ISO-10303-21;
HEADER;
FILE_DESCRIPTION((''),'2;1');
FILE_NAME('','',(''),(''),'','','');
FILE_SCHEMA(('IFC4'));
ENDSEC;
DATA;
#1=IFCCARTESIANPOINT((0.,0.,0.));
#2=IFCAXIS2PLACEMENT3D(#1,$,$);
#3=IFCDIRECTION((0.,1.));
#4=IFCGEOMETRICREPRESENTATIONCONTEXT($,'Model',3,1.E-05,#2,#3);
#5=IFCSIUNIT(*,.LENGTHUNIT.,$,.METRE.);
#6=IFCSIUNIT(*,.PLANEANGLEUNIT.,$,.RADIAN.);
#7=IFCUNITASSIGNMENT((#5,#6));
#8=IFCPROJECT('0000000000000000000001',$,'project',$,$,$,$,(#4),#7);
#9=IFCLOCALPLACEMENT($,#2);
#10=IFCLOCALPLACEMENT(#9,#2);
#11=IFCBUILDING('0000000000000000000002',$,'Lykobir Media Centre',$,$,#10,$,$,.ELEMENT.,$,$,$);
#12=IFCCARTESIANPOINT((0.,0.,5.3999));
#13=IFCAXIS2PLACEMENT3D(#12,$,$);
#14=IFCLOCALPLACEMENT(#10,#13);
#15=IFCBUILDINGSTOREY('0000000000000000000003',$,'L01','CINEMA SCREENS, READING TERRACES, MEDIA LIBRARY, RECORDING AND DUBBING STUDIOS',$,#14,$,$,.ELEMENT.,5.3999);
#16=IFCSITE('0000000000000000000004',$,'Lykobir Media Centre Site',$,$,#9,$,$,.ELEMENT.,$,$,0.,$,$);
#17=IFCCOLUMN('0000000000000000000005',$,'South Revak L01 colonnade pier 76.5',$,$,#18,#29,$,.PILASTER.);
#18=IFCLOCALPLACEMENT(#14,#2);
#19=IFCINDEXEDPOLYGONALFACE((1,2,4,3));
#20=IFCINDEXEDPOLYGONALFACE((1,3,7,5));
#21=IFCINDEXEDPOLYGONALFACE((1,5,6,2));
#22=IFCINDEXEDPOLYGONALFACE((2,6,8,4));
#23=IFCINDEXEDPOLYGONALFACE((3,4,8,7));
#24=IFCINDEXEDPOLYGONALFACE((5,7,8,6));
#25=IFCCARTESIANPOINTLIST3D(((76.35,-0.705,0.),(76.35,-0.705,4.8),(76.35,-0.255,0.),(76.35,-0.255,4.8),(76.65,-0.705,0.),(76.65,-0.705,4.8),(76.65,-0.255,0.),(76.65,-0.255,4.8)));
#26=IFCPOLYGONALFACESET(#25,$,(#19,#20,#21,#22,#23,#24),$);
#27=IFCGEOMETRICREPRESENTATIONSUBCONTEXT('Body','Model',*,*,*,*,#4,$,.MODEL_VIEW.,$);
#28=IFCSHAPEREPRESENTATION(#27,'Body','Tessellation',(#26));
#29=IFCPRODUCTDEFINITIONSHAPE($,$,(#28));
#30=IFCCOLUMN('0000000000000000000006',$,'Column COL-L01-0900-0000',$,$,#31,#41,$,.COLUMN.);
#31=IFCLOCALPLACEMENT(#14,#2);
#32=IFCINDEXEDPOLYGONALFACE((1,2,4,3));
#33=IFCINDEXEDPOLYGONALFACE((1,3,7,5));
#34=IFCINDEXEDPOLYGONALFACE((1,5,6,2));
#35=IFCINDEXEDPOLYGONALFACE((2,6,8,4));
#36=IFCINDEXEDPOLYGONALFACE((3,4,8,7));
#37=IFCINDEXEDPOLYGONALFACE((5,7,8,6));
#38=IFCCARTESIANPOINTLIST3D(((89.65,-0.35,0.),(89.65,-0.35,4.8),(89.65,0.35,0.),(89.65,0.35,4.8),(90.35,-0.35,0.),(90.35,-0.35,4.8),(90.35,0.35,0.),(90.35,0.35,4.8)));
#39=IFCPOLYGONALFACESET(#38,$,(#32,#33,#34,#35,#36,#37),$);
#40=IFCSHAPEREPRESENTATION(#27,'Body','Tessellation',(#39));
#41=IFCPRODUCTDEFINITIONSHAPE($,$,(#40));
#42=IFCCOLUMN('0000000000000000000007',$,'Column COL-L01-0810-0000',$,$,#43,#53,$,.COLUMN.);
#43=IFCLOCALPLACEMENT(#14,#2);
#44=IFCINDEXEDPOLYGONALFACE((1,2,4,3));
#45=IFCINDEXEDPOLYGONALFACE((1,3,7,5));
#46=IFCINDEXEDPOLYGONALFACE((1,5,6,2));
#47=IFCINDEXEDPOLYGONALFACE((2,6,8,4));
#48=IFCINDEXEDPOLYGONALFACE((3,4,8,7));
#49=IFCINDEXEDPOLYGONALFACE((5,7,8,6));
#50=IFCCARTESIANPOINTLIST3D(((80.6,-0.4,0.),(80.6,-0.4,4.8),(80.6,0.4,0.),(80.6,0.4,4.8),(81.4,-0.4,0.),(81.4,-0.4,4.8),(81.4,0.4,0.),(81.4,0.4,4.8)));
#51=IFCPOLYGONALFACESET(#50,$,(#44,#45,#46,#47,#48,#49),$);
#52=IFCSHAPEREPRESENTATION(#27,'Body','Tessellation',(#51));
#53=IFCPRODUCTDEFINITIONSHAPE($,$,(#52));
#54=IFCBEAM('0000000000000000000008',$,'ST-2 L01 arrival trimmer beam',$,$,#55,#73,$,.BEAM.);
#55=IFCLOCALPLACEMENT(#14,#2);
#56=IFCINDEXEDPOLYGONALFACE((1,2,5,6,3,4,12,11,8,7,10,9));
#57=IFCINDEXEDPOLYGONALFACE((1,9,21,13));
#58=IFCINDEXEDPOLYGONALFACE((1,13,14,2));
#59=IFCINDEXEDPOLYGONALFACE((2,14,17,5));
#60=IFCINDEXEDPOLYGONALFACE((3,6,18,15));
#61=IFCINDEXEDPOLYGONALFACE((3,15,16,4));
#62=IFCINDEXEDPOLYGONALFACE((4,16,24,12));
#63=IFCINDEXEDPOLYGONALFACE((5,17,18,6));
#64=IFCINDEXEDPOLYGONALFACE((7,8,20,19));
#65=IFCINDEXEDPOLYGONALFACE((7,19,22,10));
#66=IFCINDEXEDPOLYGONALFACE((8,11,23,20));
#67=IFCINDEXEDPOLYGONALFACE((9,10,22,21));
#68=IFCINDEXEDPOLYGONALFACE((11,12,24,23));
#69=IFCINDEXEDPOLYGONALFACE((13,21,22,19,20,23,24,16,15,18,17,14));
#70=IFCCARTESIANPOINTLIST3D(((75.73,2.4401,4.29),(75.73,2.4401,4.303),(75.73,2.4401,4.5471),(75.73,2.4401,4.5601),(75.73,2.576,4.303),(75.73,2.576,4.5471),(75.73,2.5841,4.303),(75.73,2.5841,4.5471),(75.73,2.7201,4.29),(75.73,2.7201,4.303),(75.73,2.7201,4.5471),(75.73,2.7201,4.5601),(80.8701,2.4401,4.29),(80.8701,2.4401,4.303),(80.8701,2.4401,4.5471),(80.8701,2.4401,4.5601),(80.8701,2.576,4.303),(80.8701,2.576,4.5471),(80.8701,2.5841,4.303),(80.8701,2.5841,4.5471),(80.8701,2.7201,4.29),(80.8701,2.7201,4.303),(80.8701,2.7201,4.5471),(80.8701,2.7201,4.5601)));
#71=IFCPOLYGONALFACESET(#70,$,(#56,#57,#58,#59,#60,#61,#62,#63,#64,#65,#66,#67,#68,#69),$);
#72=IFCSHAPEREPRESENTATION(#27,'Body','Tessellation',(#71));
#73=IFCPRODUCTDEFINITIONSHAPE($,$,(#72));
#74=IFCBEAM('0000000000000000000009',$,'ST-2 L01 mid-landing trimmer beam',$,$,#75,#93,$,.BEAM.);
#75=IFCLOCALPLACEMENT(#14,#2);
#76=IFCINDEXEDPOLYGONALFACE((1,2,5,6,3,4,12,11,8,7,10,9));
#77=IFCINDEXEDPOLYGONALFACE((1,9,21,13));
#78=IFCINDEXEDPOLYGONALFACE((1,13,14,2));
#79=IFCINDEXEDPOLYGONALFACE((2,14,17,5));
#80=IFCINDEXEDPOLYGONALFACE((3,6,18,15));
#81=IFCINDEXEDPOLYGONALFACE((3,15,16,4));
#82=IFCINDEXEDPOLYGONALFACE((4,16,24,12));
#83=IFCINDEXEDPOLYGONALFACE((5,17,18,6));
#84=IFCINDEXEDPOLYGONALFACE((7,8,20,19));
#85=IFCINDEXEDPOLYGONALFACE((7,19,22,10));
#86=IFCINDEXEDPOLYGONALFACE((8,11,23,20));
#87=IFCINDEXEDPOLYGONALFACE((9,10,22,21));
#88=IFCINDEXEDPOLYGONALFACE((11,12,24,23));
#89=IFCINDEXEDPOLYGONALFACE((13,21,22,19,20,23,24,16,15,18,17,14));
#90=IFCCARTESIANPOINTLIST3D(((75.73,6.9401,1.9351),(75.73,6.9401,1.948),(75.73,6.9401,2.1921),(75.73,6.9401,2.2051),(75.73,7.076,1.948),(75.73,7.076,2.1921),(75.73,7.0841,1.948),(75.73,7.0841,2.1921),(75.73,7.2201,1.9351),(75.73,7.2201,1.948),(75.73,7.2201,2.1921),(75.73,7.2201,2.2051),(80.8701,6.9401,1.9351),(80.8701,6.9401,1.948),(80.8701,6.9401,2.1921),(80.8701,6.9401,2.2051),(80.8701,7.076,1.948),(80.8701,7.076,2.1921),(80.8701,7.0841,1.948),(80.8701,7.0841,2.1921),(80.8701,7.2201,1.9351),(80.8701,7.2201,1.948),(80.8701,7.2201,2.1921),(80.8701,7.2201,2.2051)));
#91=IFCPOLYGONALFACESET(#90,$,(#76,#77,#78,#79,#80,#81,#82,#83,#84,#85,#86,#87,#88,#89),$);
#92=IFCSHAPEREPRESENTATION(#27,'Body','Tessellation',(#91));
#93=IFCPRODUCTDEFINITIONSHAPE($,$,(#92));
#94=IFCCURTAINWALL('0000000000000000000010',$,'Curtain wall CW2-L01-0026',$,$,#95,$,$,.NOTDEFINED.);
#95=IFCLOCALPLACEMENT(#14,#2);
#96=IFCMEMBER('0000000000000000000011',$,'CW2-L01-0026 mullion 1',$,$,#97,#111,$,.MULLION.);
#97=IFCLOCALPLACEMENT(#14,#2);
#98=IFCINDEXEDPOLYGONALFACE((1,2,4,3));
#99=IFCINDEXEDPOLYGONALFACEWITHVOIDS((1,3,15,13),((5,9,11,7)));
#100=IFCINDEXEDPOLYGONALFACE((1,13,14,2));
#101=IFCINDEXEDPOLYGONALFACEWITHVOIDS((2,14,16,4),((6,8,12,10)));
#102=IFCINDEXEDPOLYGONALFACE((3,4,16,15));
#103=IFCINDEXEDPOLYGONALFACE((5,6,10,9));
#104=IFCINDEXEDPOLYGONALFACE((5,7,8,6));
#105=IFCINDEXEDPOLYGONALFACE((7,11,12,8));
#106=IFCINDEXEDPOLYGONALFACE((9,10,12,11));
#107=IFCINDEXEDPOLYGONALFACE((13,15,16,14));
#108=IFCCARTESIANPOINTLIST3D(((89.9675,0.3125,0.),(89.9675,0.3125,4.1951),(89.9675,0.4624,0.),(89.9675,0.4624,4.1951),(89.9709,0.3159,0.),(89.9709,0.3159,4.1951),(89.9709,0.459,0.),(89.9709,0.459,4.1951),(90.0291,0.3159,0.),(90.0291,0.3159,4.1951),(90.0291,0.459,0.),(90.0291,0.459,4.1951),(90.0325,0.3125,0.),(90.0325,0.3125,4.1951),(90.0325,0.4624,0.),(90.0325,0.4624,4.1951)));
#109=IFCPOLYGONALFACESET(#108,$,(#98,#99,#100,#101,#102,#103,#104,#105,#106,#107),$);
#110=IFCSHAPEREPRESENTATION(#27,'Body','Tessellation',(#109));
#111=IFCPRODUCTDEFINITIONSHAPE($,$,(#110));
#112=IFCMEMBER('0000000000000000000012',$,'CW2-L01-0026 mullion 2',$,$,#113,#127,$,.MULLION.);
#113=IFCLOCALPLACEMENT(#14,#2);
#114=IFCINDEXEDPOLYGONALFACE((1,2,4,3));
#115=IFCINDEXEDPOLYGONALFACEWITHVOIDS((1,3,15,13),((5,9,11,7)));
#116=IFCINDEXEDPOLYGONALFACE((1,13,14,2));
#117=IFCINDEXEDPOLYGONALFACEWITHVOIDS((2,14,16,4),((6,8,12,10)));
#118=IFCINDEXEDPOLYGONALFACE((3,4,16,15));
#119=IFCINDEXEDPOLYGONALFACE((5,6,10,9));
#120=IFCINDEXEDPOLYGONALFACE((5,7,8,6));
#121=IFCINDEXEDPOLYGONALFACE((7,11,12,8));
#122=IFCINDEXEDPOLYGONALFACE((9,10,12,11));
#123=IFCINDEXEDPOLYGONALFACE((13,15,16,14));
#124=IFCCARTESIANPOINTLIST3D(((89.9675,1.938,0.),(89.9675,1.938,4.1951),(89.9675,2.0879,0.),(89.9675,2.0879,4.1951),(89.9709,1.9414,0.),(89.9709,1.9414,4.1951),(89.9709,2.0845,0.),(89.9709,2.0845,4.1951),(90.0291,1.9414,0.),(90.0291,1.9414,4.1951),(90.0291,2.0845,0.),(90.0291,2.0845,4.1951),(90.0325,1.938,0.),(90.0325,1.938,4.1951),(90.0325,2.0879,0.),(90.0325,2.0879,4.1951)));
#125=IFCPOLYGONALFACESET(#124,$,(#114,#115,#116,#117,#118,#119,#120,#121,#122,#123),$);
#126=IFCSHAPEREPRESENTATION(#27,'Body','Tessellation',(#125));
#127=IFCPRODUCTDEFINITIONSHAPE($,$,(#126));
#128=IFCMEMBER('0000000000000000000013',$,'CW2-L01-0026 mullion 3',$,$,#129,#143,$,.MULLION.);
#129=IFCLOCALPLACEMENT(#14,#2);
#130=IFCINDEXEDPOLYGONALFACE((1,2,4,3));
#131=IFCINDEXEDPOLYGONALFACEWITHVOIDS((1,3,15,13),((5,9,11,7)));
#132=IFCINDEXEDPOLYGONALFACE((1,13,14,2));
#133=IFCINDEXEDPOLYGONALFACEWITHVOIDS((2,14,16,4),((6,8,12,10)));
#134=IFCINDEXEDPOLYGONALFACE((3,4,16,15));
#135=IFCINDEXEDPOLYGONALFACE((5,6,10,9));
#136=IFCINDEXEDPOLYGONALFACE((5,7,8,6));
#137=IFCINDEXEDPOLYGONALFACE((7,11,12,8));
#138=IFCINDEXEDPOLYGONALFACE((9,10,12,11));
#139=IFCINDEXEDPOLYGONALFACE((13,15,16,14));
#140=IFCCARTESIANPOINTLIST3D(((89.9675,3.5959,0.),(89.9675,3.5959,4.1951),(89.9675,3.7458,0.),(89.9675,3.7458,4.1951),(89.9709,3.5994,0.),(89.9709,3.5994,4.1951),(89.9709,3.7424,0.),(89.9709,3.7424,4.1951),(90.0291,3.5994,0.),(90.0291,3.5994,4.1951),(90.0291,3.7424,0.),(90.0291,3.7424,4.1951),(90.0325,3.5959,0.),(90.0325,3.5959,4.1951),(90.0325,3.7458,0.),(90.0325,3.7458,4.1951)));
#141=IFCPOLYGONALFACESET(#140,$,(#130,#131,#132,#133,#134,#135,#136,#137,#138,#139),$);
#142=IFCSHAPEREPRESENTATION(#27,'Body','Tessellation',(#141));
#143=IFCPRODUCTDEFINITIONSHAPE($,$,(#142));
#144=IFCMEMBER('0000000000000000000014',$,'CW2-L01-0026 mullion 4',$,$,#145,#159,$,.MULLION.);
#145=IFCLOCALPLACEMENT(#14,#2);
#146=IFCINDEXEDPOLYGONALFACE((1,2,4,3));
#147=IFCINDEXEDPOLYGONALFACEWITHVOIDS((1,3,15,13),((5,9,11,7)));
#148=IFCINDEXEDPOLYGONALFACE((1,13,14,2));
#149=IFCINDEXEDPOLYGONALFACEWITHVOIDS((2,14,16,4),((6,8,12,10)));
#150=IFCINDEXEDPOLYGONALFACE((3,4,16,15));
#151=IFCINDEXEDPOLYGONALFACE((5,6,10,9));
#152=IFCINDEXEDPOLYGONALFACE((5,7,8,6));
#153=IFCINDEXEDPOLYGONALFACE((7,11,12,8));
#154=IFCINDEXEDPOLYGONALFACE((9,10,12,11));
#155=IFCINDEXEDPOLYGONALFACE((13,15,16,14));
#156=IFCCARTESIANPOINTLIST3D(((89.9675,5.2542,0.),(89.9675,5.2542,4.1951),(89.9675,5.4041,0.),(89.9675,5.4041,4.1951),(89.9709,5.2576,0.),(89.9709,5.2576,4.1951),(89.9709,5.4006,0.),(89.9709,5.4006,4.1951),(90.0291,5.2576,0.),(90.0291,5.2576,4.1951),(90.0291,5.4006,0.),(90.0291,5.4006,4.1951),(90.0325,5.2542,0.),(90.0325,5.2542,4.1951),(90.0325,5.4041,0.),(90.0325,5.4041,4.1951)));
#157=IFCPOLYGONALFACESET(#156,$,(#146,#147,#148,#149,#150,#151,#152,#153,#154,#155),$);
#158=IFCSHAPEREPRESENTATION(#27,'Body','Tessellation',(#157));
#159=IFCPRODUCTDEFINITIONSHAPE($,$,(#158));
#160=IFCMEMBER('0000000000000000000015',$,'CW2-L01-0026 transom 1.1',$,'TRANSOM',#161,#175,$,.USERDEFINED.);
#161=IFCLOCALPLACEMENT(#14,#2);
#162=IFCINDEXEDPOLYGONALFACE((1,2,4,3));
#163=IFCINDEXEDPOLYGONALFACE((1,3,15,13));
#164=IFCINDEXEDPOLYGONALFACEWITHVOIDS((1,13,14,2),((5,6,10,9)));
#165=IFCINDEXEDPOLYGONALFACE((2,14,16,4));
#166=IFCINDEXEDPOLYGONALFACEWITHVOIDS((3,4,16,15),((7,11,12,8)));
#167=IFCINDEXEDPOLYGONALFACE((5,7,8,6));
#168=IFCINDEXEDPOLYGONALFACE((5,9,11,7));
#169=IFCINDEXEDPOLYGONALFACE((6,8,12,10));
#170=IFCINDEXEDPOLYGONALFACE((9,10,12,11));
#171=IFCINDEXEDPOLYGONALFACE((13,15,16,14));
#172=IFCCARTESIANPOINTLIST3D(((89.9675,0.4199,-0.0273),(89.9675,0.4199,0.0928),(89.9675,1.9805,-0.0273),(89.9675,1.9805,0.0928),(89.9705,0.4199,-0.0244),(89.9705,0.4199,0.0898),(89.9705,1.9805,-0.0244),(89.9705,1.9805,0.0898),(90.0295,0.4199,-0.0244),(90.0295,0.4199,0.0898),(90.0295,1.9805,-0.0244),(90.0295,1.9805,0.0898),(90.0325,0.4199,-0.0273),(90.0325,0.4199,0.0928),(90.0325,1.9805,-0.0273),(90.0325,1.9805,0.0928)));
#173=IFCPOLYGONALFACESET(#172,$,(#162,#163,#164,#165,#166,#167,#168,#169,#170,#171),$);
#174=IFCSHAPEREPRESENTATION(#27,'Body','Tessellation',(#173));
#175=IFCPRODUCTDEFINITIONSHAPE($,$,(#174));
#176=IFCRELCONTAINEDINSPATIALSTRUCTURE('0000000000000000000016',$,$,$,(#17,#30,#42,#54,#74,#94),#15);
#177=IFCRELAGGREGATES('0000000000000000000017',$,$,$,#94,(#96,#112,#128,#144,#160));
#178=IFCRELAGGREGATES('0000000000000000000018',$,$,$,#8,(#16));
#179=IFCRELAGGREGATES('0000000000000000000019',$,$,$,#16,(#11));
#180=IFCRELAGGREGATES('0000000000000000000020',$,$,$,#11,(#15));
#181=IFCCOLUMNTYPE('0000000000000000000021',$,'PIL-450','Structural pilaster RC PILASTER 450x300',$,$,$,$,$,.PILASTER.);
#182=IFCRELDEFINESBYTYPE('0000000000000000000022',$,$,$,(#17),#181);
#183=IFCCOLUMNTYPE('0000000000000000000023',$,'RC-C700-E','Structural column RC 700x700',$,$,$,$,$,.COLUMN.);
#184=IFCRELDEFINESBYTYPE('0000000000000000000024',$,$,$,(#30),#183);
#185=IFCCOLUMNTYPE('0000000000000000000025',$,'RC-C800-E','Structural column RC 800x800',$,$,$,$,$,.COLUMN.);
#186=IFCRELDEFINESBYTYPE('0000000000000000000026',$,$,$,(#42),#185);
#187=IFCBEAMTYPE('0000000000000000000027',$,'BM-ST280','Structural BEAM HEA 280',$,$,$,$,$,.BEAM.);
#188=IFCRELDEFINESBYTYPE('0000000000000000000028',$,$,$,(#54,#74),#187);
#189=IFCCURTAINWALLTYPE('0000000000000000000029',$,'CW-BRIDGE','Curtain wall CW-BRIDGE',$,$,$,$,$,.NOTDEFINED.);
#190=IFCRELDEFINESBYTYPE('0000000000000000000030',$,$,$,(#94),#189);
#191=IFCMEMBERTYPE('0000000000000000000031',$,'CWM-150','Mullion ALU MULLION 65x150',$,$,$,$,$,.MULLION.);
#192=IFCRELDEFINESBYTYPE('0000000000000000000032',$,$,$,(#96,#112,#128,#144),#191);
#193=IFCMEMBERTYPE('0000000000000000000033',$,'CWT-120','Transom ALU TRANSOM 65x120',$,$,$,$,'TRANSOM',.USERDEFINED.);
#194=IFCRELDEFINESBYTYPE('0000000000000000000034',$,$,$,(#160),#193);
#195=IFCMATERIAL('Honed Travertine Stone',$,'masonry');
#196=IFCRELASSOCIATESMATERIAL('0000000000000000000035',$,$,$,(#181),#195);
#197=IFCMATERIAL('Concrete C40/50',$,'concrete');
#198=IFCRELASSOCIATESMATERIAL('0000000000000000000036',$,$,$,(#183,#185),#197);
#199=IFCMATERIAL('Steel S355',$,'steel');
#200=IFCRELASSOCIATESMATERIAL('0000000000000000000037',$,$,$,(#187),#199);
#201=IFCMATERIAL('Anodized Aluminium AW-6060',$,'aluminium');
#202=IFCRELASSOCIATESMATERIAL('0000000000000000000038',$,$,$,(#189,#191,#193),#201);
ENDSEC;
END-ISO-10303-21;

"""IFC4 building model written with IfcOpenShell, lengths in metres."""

from ifc_helpers import new_model, si_unit, direction, frame, origin, origin_2d, place, context, subcontext, project, spatial, rectangle, hollow_rectangle, i_section, extrude, material, material_profile, profile_set, type_object, element, aggregate, save


model = new_model("IFC4")

# Units and contexts
model_context = context("Model", 3, precision=1e-05, world=origin(), true_north=direction((0.0, 1.0)))
body_context = subcontext(model_context, "Body", "Model", "MODEL_VIEW")
ifc_project = project(units=[si_unit("LENGTHUNIT", "METRE"), si_unit("PLANEANGLEUNIT", "RADIAN")], contexts=[model_context])

# Site, building, storey
site_placement = place(None, origin())
site = spatial("IfcSite", under=ifc_project, at=site_placement, Name="Lykobir Media Centre Site", CompositionType="ELEMENT", RefElevation=0.0)
building_placement = place(site_placement, origin())
building = spatial("IfcBuilding", under=site, at=building_placement, Name="Lykobir Media Centre", CompositionType="ELEMENT")
storey_placement = place(building_placement, frame((0.0, 0.0, 5.3999)))
storey = spatial("IfcBuildingStorey", under=building, at=storey_placement, Name="L01", Description="CINEMA SCREENS, READING TERRACES, MEDIA LIBRARY, RECORDING AND DUBBING STUDIOS", CompositionType="ELEMENT", Elevation=5.3999)

# Columns
ifc_material_1 = material(Name="Honed Travertine Stone", Category="masonry")
ifc_material_profile_1 = material_profile(ifc_material_1, rectangle(XDim=0.3, YDim=0.45, at=origin_2d()), Name="RC PILASTER 450x300")
ifc_profile_set_1 = profile_set([ifc_material_profile_1], Name="Honed Travertine Stone")
column_type_1 = type_object("IfcColumnType", Name="PIL-450", Description="Structural pilaster RC PILASTER 450x300", PredefinedType="PILASTER", material=ifc_profile_set_1)
column_1_placement = place(storey_placement, frame((76.5, -0.48, 0.0), z_axis=(0.0, 0.0, 1.0), x_axis=(1.0, 0.0, 0.0)))
element("IfcColumn", 1, at=column_1_placement, inside=storey, type_object=column_type_1, Name="South Revak L01 colonnade pier 76.5", PredefinedType="PILASTER", context=body_context, shape_type="SweptSolid", body=[
    extrude(rectangle(XDim=0.3, YDim=0.45, at=origin_2d()), origin(), (0.0, 0.0, 1.0), 4.8),
])
ifc_material_2 = material(Name="Concrete C40/50", Category="concrete")
ifc_material_profile_2 = material_profile(ifc_material_2, rectangle(XDim=0.7, YDim=0.7, at=origin_2d()), Name="RC 700x700")
ifc_profile_set_2 = profile_set([ifc_material_profile_2], Name="Concrete C40/50")
column_type_2 = type_object("IfcColumnType", Name="RC-C700-E", Description="Structural column RC 700x700", PredefinedType="COLUMN", material=ifc_profile_set_2)
column_2_placement = place(storey_placement, frame((90.0, 0.0, 0.0), z_axis=(0.0, 0.0, 1.0), x_axis=(1.0, 0.0, 0.0)))
element("IfcColumn", 2, at=column_2_placement, inside=storey, type_object=column_type_2, Name="Column COL-L01-0900-0000", PredefinedType="COLUMN", context=body_context, shape_type="SweptSolid", body=[
    extrude(rectangle(XDim=0.7, YDim=0.7, at=origin_2d()), origin(), (0.0, 0.0, 1.0), 4.8),
])
ifc_material_profile_3 = material_profile(ifc_material_2, rectangle(XDim=0.8, YDim=0.8, at=origin_2d()), Name="RC 800x800")
ifc_profile_set_3 = profile_set([ifc_material_profile_3], Name="Concrete C40/50")
column_type_3 = type_object("IfcColumnType", Name="RC-C800-E", Description="Structural column RC 800x800", PredefinedType="COLUMN", material=ifc_profile_set_3)
column_3_placement = place(storey_placement, frame((81.0, 0.0, 0.0), z_axis=(0.0, 0.0, 1.0), x_axis=(1.0, 0.0, 0.0)))
element("IfcColumn", 3, at=column_3_placement, inside=storey, type_object=column_type_3, Name="Column COL-L01-0810-0000", PredefinedType="COLUMN", context=body_context, shape_type="SweptSolid", body=[
    extrude(rectangle(XDim=0.8, YDim=0.8, at=origin_2d()), origin(), (0.0, 0.0, 1.0), 4.8),
])

# Beams
ifc_material_3 = material(Name="Steel S355", Category="steel")
ifc_material_profile_4 = material_profile(ifc_material_3, i_section(OverallWidth=0.28, OverallDepth=0.27, WebThickness=0.0081, FlangeThickness=0.0129, at=origin_2d()), Name="HEA 280")
ifc_profile_set_4 = profile_set([ifc_material_profile_4], Name="Steel S355")
beam_type_1 = type_object("IfcBeamType", Name="BM-ST280", Description="Structural BEAM HEA 280", PredefinedType="BEAM", material=ifc_profile_set_4)
for number, where, z_axis, x_axis, name in (
    (4, (75.73, 2.5801, 4.425), (1.0, 0.0, 0.0), (0.0, 1.0, 0.0), "ST-2 L01 arrival trimmer beam"),
    (5, (75.73, 7.0801, 2.0701), (1.0, 0.0, 0.0), (0.0, 1.0, 0.0), "ST-2 L01 mid-landing trimmer beam"),
):
    element("IfcBeam", number, at=place(storey_placement, frame(where, z_axis=z_axis, x_axis=x_axis)), inside=storey, type_object=beam_type_1, Name=name, PredefinedType="BEAM", context=body_context, shape_type="SweptSolid", body=[
        extrude(i_section(OverallWidth=0.28, OverallDepth=0.27, WebThickness=0.0081, FlangeThickness=0.0129, at=origin_2d()), origin(), (0.0, 0.0, 1.0), 5.1401),
    ])

# Curtain wall, members
ifc_material_4 = material(Name="Anodized Aluminium AW-6060", Category="aluminium")
curtain_wall_type = type_object("IfcCurtainWallType", Name="CW-BRIDGE", Description="Curtain wall CW-BRIDGE", PredefinedType="NOTDEFINED", material=ifc_material_4)
curtain_wall_placement = place(storey_placement, origin())
curtain_wall = element("IfcCurtainWall", 6, at=curtain_wall_placement, inside=storey, type_object=curtain_wall_type, Name="Curtain wall CW2-L01-0026", PredefinedType="NOTDEFINED")
ifc_material_profile_5 = material_profile(ifc_material_4, hollow_rectangle(XDim=0.0649, YDim=0.1499, WallThickness=0.0034, at=origin_2d()), Name="ALU MULLION 65x150")
ifc_profile_set_5 = profile_set([ifc_material_profile_5], Name="Anodized Aluminium AW-6060")
member_type_1 = type_object("IfcMemberType", Name="CWM-150", Description="Mullion ALU MULLION 65x150", PredefinedType="MULLION", material=ifc_profile_set_5)
member_1_placement = place(storey_placement, frame((90.0, 0.3875, 0.0), z_axis=(0.0, 0.0, 1.0), x_axis=(-1.0, 0.0, 0.0)))
member_1 = element("IfcMember", 7, at=member_1_placement, type_object=member_type_1, Name="CW2-L01-0026 mullion 1", PredefinedType="MULLION", context=body_context, shape_type="SweptSolid", body=[
    extrude(hollow_rectangle(XDim=0.0649, YDim=0.1499, WallThickness=0.0034, at=origin_2d()), origin(), (0.0, 0.0, 1.0), 4.1951),
])
member_2_placement = place(storey_placement, frame((90.0, 2.0129, 0.0), z_axis=(0.0, 0.0, 1.0), x_axis=(-1.0, 0.0, 0.0)))
member_2 = element("IfcMember", 8, at=member_2_placement, type_object=member_type_1, Name="CW2-L01-0026 mullion 2", PredefinedType="MULLION", context=body_context, shape_type="SweptSolid", body=[
    extrude(hollow_rectangle(XDim=0.0649, YDim=0.1499, WallThickness=0.0034, at=origin_2d()), origin(), (0.0, 0.0, 1.0), 4.1951),
])
member_3_placement = place(storey_placement, frame((90.0, 3.6709, 0.0), z_axis=(0.0, 0.0, 1.0), x_axis=(-1.0, 0.0, 0.0)))
member_3 = element("IfcMember", 9, at=member_3_placement, type_object=member_type_1, Name="CW2-L01-0026 mullion 3", PredefinedType="MULLION", context=body_context, shape_type="SweptSolid", body=[
    extrude(hollow_rectangle(XDim=0.0649, YDim=0.1499, WallThickness=0.0034, at=origin_2d()), origin(), (0.0, 0.0, 1.0), 4.1951),
])
member_4_placement = place(storey_placement, frame((90.0, 5.3291, 0.0), z_axis=(0.0, 0.0, 1.0), x_axis=(-1.0, 0.0, 0.0)))
member_4 = element("IfcMember", 10, at=member_4_placement, type_object=member_type_1, Name="CW2-L01-0026 mullion 4", PredefinedType="MULLION", context=body_context, shape_type="SweptSolid", body=[
    extrude(hollow_rectangle(XDim=0.0649, YDim=0.1499, WallThickness=0.0034, at=origin_2d()), origin(), (0.0, 0.0, 1.0), 4.1951),
])
ifc_material_profile_6 = material_profile(ifc_material_4, hollow_rectangle(XDim=0.0649, YDim=0.1201, WallThickness=0.0029, at=origin_2d()), Name="ALU TRANSOM 65x120")
ifc_profile_set_6 = profile_set([ifc_material_profile_6], Name="Anodized Aluminium AW-6060")
member_type_2 = type_object("IfcMemberType", Name="CWT-120", Description="Transom ALU TRANSOM 65x120", ElementType="TRANSOM", PredefinedType="USERDEFINED", material=ifc_profile_set_6)
member_5_placement = place(storey_placement, frame((90.0, 0.4199, 0.0327), z_axis=(0.0, 1.0, 0.0), x_axis=(-1.0, 0.0, 0.0)))
member_5 = element("IfcMember", 11, at=member_5_placement, type_object=member_type_2, Name="CW2-L01-0026 transom 1.1", ObjectType="TRANSOM", PredefinedType="USERDEFINED", context=body_context, shape_type="SweptSolid", body=[
    extrude(hollow_rectangle(XDim=0.0649, YDim=0.1201, WallThickness=0.0029, at=origin_2d()), origin(), (0.0, 0.0, 1.0), 1.5605),
])

aggregate(curtain_wall, [member_1, member_2, member_3, member_4, member_5])

save(model, "model.ifc")
